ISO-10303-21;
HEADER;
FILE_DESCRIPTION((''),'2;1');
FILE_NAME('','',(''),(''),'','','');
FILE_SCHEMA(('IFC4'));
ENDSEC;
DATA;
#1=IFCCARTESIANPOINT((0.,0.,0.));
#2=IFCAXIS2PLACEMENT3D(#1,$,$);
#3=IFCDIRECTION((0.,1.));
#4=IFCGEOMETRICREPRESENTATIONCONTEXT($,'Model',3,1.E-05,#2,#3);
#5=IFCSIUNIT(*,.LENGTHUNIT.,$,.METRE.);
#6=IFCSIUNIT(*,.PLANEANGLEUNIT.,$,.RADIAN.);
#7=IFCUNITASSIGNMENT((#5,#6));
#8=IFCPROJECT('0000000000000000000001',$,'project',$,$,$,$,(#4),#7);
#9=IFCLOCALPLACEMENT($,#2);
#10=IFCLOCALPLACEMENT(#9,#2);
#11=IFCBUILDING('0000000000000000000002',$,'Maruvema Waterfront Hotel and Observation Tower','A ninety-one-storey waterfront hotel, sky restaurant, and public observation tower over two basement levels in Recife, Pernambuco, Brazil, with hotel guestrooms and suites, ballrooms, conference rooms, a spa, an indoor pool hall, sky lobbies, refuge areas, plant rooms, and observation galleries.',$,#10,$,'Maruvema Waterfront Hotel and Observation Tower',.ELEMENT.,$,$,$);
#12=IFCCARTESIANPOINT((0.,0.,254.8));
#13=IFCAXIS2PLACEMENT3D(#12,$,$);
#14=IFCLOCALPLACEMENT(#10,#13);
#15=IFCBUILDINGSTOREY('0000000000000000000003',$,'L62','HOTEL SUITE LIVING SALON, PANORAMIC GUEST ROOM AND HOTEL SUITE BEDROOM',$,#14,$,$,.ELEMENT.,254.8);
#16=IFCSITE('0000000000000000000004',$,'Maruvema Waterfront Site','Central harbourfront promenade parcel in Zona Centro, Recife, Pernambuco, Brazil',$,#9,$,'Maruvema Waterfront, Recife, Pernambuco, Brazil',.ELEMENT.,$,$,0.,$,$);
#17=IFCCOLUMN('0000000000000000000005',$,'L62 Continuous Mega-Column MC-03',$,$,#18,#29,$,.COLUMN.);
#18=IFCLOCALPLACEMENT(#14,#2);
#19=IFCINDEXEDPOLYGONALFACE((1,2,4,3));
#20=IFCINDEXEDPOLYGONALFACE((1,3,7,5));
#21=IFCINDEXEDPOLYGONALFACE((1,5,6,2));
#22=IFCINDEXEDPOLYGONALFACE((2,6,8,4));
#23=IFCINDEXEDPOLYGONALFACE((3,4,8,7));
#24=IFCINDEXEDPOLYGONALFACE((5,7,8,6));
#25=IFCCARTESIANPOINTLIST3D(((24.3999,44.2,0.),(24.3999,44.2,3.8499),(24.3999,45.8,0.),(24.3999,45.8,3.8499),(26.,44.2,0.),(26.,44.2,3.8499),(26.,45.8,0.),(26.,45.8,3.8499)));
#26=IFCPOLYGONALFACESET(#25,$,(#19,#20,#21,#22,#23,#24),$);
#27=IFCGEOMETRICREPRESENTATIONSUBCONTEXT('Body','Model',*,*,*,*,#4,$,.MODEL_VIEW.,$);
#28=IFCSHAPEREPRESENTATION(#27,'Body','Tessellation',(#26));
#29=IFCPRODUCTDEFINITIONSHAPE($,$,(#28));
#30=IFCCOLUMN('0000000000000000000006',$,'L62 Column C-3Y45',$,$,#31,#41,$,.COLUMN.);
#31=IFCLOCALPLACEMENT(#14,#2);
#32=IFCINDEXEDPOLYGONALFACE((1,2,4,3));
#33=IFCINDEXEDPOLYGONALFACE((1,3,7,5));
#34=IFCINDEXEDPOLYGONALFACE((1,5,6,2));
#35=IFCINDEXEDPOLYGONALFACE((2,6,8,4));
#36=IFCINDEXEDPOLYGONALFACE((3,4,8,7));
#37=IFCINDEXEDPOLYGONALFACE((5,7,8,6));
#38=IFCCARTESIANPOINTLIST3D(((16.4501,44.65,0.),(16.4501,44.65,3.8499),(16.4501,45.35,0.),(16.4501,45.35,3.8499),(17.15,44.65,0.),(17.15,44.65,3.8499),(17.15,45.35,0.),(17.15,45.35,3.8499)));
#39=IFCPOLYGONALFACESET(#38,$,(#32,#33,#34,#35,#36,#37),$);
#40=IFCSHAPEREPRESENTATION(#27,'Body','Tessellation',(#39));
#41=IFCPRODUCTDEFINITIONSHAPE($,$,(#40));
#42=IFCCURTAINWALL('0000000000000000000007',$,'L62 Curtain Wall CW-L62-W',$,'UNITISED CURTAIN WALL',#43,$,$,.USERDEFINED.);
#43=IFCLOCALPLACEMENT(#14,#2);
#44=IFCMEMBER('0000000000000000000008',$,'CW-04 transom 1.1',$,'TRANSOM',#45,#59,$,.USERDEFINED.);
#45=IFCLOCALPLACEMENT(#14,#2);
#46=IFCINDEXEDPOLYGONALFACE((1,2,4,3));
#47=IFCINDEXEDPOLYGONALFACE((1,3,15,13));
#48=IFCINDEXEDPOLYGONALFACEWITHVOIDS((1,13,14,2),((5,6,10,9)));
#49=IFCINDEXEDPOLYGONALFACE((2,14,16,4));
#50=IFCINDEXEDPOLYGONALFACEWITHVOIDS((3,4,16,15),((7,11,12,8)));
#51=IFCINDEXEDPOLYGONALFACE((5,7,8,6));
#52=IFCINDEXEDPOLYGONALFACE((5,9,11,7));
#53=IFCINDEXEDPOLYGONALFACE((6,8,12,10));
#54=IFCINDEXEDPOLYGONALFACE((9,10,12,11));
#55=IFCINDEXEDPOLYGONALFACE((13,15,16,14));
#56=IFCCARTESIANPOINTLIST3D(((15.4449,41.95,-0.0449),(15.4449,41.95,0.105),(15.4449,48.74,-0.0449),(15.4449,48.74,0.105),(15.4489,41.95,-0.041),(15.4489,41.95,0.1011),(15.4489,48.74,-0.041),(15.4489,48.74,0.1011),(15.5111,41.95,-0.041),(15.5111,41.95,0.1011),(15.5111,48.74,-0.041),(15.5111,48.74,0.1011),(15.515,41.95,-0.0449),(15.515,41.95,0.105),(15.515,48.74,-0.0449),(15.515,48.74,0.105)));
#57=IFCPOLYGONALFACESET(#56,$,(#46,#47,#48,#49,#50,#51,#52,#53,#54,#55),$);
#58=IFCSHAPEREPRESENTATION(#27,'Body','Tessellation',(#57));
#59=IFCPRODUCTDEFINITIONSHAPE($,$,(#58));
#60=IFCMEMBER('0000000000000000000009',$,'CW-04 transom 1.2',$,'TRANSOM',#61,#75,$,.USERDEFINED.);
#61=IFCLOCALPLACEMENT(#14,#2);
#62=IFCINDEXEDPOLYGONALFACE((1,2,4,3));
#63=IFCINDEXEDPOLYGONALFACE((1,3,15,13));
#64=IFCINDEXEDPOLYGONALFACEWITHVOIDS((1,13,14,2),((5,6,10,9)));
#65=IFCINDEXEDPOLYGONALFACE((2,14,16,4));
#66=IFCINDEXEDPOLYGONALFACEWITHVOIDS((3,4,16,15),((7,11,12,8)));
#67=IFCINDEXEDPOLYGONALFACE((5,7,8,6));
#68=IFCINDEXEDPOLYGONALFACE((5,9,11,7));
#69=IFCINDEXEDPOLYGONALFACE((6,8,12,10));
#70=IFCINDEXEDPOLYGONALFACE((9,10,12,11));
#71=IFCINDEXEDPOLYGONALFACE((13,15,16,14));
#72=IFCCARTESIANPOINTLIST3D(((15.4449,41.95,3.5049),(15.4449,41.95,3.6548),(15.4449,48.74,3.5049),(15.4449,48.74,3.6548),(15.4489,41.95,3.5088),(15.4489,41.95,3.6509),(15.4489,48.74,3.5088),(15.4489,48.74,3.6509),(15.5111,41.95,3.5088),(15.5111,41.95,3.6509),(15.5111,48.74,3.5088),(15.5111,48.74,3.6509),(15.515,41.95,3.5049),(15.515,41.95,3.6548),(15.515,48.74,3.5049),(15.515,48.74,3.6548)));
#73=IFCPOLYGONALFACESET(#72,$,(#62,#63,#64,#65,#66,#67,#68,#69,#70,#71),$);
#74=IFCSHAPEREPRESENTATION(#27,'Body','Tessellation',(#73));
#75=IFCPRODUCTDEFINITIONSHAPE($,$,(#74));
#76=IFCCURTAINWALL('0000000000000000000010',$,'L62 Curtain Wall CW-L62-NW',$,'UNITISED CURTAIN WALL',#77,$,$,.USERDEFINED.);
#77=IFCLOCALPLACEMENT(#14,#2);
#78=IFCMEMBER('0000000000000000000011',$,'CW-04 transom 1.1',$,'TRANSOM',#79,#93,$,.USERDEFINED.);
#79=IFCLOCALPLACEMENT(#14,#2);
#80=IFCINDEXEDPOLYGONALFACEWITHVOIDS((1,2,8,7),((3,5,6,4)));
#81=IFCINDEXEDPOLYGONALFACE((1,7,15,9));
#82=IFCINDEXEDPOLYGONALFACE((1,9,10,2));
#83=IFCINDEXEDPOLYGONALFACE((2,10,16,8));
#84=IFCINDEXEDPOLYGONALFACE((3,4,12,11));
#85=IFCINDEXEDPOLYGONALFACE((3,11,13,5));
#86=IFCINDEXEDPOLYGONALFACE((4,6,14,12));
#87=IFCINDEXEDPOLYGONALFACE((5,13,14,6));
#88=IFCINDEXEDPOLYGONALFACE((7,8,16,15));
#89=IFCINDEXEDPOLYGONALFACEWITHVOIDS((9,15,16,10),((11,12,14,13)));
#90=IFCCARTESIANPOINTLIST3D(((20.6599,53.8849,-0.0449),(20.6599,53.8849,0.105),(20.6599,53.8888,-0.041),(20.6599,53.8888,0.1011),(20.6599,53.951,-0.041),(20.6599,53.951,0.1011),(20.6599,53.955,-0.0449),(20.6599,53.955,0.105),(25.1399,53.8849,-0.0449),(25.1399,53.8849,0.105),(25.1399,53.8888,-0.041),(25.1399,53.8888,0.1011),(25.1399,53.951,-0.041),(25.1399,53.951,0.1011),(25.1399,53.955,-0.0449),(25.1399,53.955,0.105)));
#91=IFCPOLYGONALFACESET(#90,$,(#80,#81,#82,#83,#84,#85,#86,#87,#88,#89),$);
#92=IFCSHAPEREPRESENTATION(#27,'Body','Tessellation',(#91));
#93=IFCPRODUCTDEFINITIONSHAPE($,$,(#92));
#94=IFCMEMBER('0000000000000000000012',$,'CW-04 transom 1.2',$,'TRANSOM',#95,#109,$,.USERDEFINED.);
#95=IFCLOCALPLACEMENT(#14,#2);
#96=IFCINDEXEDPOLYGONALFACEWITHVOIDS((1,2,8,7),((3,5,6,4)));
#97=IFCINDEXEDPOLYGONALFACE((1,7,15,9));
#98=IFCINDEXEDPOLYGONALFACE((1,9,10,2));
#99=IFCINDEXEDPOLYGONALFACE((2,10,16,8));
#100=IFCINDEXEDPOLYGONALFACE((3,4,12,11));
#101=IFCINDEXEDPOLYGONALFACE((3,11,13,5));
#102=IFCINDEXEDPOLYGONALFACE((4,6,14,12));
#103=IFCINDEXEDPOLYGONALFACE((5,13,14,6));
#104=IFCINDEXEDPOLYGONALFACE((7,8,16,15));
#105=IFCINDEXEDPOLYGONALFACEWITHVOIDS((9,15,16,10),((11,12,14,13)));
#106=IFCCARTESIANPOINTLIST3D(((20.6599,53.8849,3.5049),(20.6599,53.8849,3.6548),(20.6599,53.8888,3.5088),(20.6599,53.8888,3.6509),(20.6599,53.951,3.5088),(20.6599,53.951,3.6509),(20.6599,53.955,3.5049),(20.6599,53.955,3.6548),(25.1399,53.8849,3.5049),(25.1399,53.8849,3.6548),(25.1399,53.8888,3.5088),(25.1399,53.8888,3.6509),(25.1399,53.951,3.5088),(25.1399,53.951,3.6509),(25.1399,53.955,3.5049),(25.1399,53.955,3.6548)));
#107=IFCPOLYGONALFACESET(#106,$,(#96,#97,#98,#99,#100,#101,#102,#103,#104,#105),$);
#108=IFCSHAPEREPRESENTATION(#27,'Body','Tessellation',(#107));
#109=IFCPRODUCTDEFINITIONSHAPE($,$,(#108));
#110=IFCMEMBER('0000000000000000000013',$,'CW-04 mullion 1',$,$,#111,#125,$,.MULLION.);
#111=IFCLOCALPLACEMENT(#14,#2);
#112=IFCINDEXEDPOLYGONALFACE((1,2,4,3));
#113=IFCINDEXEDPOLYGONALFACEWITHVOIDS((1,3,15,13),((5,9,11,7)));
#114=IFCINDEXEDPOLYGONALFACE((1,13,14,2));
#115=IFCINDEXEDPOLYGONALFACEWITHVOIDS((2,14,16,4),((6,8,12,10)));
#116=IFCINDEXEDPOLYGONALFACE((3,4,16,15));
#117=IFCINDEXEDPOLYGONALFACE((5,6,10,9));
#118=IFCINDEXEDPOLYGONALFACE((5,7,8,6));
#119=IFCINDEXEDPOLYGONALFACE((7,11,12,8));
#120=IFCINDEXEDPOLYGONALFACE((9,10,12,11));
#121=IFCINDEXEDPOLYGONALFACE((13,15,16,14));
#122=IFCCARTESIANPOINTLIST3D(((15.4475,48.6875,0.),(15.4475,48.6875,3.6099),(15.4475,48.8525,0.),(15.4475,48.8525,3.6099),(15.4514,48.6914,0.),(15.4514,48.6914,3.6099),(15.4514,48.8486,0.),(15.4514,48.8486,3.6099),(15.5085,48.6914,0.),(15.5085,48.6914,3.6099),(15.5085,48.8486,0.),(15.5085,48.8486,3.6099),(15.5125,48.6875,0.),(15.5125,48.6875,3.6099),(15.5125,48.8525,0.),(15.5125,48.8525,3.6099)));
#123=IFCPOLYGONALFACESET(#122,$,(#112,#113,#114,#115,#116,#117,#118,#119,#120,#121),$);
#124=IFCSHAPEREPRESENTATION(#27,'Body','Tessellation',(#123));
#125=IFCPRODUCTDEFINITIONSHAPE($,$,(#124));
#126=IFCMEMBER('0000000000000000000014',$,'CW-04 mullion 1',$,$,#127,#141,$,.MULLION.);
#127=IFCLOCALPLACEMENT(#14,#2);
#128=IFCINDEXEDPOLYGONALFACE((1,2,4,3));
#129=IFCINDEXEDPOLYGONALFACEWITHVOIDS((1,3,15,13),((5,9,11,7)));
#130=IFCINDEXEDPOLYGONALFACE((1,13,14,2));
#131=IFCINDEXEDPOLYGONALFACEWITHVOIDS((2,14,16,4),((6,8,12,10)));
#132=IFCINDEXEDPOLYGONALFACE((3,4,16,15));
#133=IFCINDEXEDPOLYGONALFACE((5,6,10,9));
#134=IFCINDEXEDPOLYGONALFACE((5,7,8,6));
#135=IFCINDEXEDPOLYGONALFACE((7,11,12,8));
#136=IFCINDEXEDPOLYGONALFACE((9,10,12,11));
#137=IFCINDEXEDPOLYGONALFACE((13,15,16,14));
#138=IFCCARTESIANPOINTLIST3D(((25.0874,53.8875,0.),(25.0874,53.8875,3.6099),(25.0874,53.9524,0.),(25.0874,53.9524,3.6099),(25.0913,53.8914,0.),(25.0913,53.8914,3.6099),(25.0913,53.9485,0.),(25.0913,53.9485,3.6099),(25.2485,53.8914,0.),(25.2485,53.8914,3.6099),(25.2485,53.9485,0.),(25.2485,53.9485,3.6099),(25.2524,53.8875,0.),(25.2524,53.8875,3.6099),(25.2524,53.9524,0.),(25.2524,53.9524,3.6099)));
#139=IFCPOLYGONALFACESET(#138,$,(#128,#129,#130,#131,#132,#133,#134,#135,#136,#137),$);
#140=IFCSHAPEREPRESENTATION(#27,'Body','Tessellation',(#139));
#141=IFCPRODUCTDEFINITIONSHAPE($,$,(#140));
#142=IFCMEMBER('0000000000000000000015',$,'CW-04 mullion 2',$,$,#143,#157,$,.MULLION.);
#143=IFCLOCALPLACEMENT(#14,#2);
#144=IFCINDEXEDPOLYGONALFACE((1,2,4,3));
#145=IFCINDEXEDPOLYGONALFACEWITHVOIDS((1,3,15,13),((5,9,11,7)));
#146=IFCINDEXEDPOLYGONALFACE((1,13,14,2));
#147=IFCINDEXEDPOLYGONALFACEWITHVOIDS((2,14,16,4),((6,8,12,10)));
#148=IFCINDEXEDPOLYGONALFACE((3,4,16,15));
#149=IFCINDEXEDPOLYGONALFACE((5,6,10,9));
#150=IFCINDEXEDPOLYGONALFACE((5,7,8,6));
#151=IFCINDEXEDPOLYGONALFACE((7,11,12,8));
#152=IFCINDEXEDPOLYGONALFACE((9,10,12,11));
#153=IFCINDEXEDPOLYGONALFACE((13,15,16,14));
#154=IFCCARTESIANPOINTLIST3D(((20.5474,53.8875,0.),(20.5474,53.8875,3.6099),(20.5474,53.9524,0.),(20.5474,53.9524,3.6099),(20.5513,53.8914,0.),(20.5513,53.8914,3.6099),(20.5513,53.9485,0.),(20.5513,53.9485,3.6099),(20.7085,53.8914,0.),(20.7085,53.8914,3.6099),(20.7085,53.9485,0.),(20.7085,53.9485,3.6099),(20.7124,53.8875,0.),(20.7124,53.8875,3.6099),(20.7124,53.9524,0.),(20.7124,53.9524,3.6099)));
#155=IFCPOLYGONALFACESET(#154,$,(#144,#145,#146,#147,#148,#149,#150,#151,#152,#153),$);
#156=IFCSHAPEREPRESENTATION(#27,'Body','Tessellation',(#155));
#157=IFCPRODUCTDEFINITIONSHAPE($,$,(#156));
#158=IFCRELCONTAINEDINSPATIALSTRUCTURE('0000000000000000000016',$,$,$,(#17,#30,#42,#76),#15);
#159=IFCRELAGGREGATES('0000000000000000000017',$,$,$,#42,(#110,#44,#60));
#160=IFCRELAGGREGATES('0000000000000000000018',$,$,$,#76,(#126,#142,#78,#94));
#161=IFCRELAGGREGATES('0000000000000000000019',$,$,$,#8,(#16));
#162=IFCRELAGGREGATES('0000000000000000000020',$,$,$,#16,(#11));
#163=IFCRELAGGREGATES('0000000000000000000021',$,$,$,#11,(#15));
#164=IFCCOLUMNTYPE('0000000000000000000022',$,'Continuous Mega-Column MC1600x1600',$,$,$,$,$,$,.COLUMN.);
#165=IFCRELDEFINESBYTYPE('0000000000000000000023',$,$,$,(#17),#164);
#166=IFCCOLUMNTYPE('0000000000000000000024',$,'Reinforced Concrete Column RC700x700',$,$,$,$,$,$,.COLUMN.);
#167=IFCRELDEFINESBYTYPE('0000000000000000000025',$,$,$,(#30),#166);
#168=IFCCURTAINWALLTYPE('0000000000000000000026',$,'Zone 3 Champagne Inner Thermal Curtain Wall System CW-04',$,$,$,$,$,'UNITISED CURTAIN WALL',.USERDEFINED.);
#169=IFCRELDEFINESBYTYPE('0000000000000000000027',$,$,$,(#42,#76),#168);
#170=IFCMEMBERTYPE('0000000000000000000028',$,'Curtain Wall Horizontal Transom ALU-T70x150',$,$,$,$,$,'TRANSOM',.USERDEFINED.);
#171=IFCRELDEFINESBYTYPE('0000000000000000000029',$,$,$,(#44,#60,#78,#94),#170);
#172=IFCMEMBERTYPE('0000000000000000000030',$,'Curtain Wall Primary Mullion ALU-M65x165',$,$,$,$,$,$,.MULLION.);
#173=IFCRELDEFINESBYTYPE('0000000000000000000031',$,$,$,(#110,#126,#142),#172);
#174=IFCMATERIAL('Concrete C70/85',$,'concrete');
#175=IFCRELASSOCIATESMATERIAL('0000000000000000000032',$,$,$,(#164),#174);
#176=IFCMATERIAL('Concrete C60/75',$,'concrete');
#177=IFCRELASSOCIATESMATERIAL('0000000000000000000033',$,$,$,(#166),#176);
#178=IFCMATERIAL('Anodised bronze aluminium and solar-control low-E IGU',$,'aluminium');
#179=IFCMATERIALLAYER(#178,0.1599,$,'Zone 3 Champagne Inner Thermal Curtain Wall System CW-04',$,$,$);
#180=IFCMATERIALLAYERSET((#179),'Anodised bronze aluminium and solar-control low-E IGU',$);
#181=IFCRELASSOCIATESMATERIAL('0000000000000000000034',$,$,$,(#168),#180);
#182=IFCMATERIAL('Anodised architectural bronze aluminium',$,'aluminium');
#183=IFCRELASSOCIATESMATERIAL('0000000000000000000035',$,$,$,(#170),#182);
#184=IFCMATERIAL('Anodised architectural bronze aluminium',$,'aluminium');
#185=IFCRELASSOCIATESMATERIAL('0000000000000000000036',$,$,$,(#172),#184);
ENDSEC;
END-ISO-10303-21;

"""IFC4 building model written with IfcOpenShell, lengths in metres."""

from ifc_helpers import new_model, si_unit, direction, frame, origin, origin_2d, place, context, subcontext, project, spatial, rectangle, hollow_rectangle, extrude, material, layer, layer_set, material_profile, profile_set, type_object, element, aggregate, save


model = new_model("IFC4")

# Units and contexts
model_context = context("Model", 3, precision=1e-05, world=origin(), true_north=direction((0.0, 1.0)))
body_context = subcontext(model_context, "Body", "Model", "MODEL_VIEW")
ifc_project = project(units=[si_unit("LENGTHUNIT", "METRE"), si_unit("PLANEANGLEUNIT", "RADIAN")], contexts=[model_context])

# Site, building, storey
site_placement = place(None, origin())
site = spatial("IfcSite", under=ifc_project, at=site_placement, Name="Maruvema Waterfront Site", Description="Central harbourfront promenade parcel in Zona Centro, Recife, Pernambuco, Brazil", LongName="Maruvema Waterfront, Recife, Pernambuco, Brazil", CompositionType="ELEMENT", RefElevation=0.0)
building_placement = place(site_placement, origin())
building = spatial("IfcBuilding", under=site, at=building_placement, Name="Maruvema Waterfront Hotel and Observation Tower", Description="A ninety-one-storey waterfront hotel, sky restaurant, and public observation tower over two basement levels in Recife, Pernambuco, Brazil, with hotel guestrooms and suites, ballrooms, conference rooms, a spa, an indoor pool hall, sky lobbies, refuge areas, plant rooms, and observation galleries.", LongName="Maruvema Waterfront Hotel and Observation Tower", CompositionType="ELEMENT")
storey_placement = place(building_placement, frame((0.0, 0.0, 254.8)))
storey = spatial("IfcBuildingStorey", under=building, at=storey_placement, Name="L62", Description="HOTEL SUITE LIVING SALON, PANORAMIC GUEST ROOM AND HOTEL SUITE BEDROOM", CompositionType="ELEMENT", Elevation=254.8)

# Columns
ifc_material_1 = material(Name="Concrete C70/85", Category="concrete")
ifc_material_profile_1 = material_profile(ifc_material_1, rectangle(XDim=1.6001, YDim=1.6001, at=origin_2d()), Name="MC1600x1600")
ifc_profile_set_1 = profile_set([ifc_material_profile_1], Name="Concrete C70/85")
column_type_1 = type_object("IfcColumnType", Name="Continuous Mega-Column MC1600x1600", PredefinedType="COLUMN", material=ifc_profile_set_1)
column_1_placement = place(storey_placement, frame((25.2, 45.0, 0.0), z_axis=(0.0, 0.0, 1.0), x_axis=(1.0, 0.0, 0.0)))
element("IfcColumn", 1, at=column_1_placement, inside=storey, type_object=column_type_1, Name="L62 Continuous Mega-Column MC-03", PredefinedType="COLUMN", context=body_context, shape_type="SweptSolid", body=[
    extrude(rectangle(XDim=1.6001, YDim=1.6001, at=origin_2d()), origin(), (0.0, 0.0, 1.0), 3.8499),
])
ifc_material_2 = material(Name="Concrete C60/75", Category="concrete")
ifc_material_profile_2 = material_profile(ifc_material_2, rectangle(XDim=0.7, YDim=0.7, at=origin_2d()), Name="RC700x700")
ifc_profile_set_2 = profile_set([ifc_material_profile_2], Name="Concrete C60/75")
column_type_2 = type_object("IfcColumnType", Name="Reinforced Concrete Column RC700x700", PredefinedType="COLUMN", material=ifc_profile_set_2)
column_2_placement = place(storey_placement, frame((16.8, 45.0, 0.0), z_axis=(0.0, 0.0, 1.0), x_axis=(1.0, 0.0, 0.0)))
element("IfcColumn", 2, at=column_2_placement, inside=storey, type_object=column_type_2, Name="L62 Column C-3Y45", PredefinedType="COLUMN", context=body_context, shape_type="SweptSolid", body=[
    extrude(rectangle(XDim=0.7, YDim=0.7, at=origin_2d()), origin(), (0.0, 0.0, 1.0), 3.8499),
])

# Curtain walls, members
ifc_material_3 = material(Name="Anodised bronze aluminium and solar-control low-E IGU", Category="aluminium")
ifc_layer_1 = layer(ifc_material_3, 0.1599, Name="Zone 3 Champagne Inner Thermal Curtain Wall System CW-04")
ifc_layer_set_1 = layer_set([ifc_layer_1], Name="Anodised bronze aluminium and solar-control low-E IGU")
curtain_wall_type = type_object("IfcCurtainWallType", Name="Zone 3 Champagne Inner Thermal Curtain Wall System CW-04", ElementType="UNITISED CURTAIN WALL", PredefinedType="USERDEFINED", material=ifc_layer_set_1)
curtain_wall_1_placement = place(storey_placement, origin())
curtain_wall_1 = element("IfcCurtainWall", 3, at=curtain_wall_1_placement, inside=storey, type_object=curtain_wall_type, Name="L62 Curtain Wall CW-L62-W", ObjectType="UNITISED CURTAIN WALL", PredefinedType="USERDEFINED")
ifc_material_4 = material(Name="Anodised architectural bronze aluminium", Category="aluminium")
ifc_material_profile_3 = material_profile(ifc_material_4, hollow_rectangle(XDim=0.0701, YDim=0.1499, WallThickness=0.0039, at=origin_2d()), Name="ALU-T70x150")
ifc_profile_set_3 = profile_set([ifc_material_profile_3], Name="Anodised architectural bronze aluminium")
member_type_1 = type_object("IfcMemberType", Name="Curtain Wall Horizontal Transom ALU-T70x150", ElementType="TRANSOM", PredefinedType="USERDEFINED", material=ifc_profile_set_3)
member_1_placement = place(storey_placement, frame((15.48, 48.74, 0.03), z_axis=(0.0, -1.0, 0.0), x_axis=(1.0, 0.0, 0.0)))
member_1 = element("IfcMember", 4, at=member_1_placement, type_object=member_type_1, Name="CW-04 transom 1.1", ObjectType="TRANSOM", PredefinedType="USERDEFINED", context=body_context, shape_type="SweptSolid", body=[
    extrude(hollow_rectangle(XDim=0.0701, YDim=0.1499, WallThickness=0.0039, at=origin_2d()), origin(), (0.0, 0.0, 1.0), 6.79),
])
member_2_placement = place(storey_placement, frame((15.48, 48.74, 3.5798), z_axis=(0.0, -1.0, 0.0), x_axis=(1.0, 0.0, 0.0)))
member_2 = element("IfcMember", 5, at=member_2_placement, type_object=member_type_1, Name="CW-04 transom 1.2", ObjectType="TRANSOM", PredefinedType="USERDEFINED", context=body_context, shape_type="SweptSolid", body=[
    extrude(hollow_rectangle(XDim=0.0701, YDim=0.1499, WallThickness=0.0039, at=origin_2d()), origin(), (0.0, 0.0, 1.0), 6.79),
])
curtain_wall_2_placement = place(storey_placement, origin())
curtain_wall_2 = element("IfcCurtainWall", 6, at=curtain_wall_2_placement, inside=storey, type_object=curtain_wall_type, Name="L62 Curtain Wall CW-L62-NW", ObjectType="UNITISED CURTAIN WALL", PredefinedType="USERDEFINED")
member_3_placement = place(storey_placement, frame((25.1399, 53.9199, 0.03), z_axis=(-1.0, 0.0, 0.0), x_axis=(0.0, -1.0, 0.0)))
member_3 = element("IfcMember", 7, at=member_3_placement, type_object=member_type_1, Name="CW-04 transom 1.1", ObjectType="TRANSOM", PredefinedType="USERDEFINED", context=body_context, shape_type="SweptSolid", body=[
    extrude(hollow_rectangle(XDim=0.0701, YDim=0.1499, WallThickness=0.0039, at=origin_2d()), origin(), (0.0, 0.0, 1.0), 4.48),
])
member_4_placement = place(storey_placement, frame((25.1399, 53.9199, 3.5798), z_axis=(-1.0, 0.0, 0.0), x_axis=(0.0, -1.0, 0.0)))
member_4 = element("IfcMember", 8, at=member_4_placement, type_object=member_type_1, Name="CW-04 transom 1.2", ObjectType="TRANSOM", PredefinedType="USERDEFINED", context=body_context, shape_type="SweptSolid", body=[
    extrude(hollow_rectangle(XDim=0.0701, YDim=0.1499, WallThickness=0.0039, at=origin_2d()), origin(), (0.0, 0.0, 1.0), 4.48),
])

# Members
ifc_material_5 = material(Name="Anodised architectural bronze aluminium", Category="aluminium")
ifc_material_profile_4 = material_profile(ifc_material_5, hollow_rectangle(XDim=0.0649, YDim=0.165, WallThickness=0.0039, at=origin_2d()), Name="ALU-M65x165")
ifc_profile_set_4 = profile_set([ifc_material_profile_4], Name="Anodised architectural bronze aluminium")
member_type_2 = type_object("IfcMemberType", Name="Curtain Wall Primary Mullion ALU-M65x165", PredefinedType="MULLION", material=ifc_profile_set_4)
member_5_placement = place(storey_placement, frame((15.48, 48.77, 0.0), z_axis=(0.0, 0.0, 1.0), x_axis=(1.0, 0.0, 0.0)))
member_5 = element("IfcMember", 9, at=member_5_placement, type_object=member_type_2, Name="CW-04 mullion 1", PredefinedType="MULLION", context=body_context, shape_type="SweptSolid", body=[
    extrude(hollow_rectangle(XDim=0.0649, YDim=0.165, WallThickness=0.0039, at=origin_2d()), origin(), (0.0, 0.0, 1.0), 3.6099),
])
member_6_placement = place(storey_placement, frame((25.1699, 53.9199, 0.0), z_axis=(0.0, 0.0, 1.0), x_axis=(0.0, -1.0, 0.0)))
member_6 = element("IfcMember", 10, at=member_6_placement, type_object=member_type_2, Name="CW-04 mullion 1", PredefinedType="MULLION", context=body_context, shape_type="SweptSolid", body=[
    extrude(hollow_rectangle(XDim=0.0649, YDim=0.165, WallThickness=0.0039, at=origin_2d()), origin(), (0.0, 0.0, 1.0), 3.6099),
])
member_7_placement = place(storey_placement, frame((20.6299, 53.9199, 0.0), z_axis=(0.0, 0.0, 1.0), x_axis=(0.0, -1.0, 0.0)))
member_7 = element("IfcMember", 11, at=member_7_placement, type_object=member_type_2, Name="CW-04 mullion 2", PredefinedType="MULLION", context=body_context, shape_type="SweptSolid", body=[
    extrude(hollow_rectangle(XDim=0.0649, YDim=0.165, WallThickness=0.0039, at=origin_2d()), origin(), (0.0, 0.0, 1.0), 3.6099),
])

aggregate(curtain_wall_1, [member_5, member_1, member_2])
aggregate(curtain_wall_2, [member_6, member_7, member_3, member_4])

save(model, "model.ifc")
